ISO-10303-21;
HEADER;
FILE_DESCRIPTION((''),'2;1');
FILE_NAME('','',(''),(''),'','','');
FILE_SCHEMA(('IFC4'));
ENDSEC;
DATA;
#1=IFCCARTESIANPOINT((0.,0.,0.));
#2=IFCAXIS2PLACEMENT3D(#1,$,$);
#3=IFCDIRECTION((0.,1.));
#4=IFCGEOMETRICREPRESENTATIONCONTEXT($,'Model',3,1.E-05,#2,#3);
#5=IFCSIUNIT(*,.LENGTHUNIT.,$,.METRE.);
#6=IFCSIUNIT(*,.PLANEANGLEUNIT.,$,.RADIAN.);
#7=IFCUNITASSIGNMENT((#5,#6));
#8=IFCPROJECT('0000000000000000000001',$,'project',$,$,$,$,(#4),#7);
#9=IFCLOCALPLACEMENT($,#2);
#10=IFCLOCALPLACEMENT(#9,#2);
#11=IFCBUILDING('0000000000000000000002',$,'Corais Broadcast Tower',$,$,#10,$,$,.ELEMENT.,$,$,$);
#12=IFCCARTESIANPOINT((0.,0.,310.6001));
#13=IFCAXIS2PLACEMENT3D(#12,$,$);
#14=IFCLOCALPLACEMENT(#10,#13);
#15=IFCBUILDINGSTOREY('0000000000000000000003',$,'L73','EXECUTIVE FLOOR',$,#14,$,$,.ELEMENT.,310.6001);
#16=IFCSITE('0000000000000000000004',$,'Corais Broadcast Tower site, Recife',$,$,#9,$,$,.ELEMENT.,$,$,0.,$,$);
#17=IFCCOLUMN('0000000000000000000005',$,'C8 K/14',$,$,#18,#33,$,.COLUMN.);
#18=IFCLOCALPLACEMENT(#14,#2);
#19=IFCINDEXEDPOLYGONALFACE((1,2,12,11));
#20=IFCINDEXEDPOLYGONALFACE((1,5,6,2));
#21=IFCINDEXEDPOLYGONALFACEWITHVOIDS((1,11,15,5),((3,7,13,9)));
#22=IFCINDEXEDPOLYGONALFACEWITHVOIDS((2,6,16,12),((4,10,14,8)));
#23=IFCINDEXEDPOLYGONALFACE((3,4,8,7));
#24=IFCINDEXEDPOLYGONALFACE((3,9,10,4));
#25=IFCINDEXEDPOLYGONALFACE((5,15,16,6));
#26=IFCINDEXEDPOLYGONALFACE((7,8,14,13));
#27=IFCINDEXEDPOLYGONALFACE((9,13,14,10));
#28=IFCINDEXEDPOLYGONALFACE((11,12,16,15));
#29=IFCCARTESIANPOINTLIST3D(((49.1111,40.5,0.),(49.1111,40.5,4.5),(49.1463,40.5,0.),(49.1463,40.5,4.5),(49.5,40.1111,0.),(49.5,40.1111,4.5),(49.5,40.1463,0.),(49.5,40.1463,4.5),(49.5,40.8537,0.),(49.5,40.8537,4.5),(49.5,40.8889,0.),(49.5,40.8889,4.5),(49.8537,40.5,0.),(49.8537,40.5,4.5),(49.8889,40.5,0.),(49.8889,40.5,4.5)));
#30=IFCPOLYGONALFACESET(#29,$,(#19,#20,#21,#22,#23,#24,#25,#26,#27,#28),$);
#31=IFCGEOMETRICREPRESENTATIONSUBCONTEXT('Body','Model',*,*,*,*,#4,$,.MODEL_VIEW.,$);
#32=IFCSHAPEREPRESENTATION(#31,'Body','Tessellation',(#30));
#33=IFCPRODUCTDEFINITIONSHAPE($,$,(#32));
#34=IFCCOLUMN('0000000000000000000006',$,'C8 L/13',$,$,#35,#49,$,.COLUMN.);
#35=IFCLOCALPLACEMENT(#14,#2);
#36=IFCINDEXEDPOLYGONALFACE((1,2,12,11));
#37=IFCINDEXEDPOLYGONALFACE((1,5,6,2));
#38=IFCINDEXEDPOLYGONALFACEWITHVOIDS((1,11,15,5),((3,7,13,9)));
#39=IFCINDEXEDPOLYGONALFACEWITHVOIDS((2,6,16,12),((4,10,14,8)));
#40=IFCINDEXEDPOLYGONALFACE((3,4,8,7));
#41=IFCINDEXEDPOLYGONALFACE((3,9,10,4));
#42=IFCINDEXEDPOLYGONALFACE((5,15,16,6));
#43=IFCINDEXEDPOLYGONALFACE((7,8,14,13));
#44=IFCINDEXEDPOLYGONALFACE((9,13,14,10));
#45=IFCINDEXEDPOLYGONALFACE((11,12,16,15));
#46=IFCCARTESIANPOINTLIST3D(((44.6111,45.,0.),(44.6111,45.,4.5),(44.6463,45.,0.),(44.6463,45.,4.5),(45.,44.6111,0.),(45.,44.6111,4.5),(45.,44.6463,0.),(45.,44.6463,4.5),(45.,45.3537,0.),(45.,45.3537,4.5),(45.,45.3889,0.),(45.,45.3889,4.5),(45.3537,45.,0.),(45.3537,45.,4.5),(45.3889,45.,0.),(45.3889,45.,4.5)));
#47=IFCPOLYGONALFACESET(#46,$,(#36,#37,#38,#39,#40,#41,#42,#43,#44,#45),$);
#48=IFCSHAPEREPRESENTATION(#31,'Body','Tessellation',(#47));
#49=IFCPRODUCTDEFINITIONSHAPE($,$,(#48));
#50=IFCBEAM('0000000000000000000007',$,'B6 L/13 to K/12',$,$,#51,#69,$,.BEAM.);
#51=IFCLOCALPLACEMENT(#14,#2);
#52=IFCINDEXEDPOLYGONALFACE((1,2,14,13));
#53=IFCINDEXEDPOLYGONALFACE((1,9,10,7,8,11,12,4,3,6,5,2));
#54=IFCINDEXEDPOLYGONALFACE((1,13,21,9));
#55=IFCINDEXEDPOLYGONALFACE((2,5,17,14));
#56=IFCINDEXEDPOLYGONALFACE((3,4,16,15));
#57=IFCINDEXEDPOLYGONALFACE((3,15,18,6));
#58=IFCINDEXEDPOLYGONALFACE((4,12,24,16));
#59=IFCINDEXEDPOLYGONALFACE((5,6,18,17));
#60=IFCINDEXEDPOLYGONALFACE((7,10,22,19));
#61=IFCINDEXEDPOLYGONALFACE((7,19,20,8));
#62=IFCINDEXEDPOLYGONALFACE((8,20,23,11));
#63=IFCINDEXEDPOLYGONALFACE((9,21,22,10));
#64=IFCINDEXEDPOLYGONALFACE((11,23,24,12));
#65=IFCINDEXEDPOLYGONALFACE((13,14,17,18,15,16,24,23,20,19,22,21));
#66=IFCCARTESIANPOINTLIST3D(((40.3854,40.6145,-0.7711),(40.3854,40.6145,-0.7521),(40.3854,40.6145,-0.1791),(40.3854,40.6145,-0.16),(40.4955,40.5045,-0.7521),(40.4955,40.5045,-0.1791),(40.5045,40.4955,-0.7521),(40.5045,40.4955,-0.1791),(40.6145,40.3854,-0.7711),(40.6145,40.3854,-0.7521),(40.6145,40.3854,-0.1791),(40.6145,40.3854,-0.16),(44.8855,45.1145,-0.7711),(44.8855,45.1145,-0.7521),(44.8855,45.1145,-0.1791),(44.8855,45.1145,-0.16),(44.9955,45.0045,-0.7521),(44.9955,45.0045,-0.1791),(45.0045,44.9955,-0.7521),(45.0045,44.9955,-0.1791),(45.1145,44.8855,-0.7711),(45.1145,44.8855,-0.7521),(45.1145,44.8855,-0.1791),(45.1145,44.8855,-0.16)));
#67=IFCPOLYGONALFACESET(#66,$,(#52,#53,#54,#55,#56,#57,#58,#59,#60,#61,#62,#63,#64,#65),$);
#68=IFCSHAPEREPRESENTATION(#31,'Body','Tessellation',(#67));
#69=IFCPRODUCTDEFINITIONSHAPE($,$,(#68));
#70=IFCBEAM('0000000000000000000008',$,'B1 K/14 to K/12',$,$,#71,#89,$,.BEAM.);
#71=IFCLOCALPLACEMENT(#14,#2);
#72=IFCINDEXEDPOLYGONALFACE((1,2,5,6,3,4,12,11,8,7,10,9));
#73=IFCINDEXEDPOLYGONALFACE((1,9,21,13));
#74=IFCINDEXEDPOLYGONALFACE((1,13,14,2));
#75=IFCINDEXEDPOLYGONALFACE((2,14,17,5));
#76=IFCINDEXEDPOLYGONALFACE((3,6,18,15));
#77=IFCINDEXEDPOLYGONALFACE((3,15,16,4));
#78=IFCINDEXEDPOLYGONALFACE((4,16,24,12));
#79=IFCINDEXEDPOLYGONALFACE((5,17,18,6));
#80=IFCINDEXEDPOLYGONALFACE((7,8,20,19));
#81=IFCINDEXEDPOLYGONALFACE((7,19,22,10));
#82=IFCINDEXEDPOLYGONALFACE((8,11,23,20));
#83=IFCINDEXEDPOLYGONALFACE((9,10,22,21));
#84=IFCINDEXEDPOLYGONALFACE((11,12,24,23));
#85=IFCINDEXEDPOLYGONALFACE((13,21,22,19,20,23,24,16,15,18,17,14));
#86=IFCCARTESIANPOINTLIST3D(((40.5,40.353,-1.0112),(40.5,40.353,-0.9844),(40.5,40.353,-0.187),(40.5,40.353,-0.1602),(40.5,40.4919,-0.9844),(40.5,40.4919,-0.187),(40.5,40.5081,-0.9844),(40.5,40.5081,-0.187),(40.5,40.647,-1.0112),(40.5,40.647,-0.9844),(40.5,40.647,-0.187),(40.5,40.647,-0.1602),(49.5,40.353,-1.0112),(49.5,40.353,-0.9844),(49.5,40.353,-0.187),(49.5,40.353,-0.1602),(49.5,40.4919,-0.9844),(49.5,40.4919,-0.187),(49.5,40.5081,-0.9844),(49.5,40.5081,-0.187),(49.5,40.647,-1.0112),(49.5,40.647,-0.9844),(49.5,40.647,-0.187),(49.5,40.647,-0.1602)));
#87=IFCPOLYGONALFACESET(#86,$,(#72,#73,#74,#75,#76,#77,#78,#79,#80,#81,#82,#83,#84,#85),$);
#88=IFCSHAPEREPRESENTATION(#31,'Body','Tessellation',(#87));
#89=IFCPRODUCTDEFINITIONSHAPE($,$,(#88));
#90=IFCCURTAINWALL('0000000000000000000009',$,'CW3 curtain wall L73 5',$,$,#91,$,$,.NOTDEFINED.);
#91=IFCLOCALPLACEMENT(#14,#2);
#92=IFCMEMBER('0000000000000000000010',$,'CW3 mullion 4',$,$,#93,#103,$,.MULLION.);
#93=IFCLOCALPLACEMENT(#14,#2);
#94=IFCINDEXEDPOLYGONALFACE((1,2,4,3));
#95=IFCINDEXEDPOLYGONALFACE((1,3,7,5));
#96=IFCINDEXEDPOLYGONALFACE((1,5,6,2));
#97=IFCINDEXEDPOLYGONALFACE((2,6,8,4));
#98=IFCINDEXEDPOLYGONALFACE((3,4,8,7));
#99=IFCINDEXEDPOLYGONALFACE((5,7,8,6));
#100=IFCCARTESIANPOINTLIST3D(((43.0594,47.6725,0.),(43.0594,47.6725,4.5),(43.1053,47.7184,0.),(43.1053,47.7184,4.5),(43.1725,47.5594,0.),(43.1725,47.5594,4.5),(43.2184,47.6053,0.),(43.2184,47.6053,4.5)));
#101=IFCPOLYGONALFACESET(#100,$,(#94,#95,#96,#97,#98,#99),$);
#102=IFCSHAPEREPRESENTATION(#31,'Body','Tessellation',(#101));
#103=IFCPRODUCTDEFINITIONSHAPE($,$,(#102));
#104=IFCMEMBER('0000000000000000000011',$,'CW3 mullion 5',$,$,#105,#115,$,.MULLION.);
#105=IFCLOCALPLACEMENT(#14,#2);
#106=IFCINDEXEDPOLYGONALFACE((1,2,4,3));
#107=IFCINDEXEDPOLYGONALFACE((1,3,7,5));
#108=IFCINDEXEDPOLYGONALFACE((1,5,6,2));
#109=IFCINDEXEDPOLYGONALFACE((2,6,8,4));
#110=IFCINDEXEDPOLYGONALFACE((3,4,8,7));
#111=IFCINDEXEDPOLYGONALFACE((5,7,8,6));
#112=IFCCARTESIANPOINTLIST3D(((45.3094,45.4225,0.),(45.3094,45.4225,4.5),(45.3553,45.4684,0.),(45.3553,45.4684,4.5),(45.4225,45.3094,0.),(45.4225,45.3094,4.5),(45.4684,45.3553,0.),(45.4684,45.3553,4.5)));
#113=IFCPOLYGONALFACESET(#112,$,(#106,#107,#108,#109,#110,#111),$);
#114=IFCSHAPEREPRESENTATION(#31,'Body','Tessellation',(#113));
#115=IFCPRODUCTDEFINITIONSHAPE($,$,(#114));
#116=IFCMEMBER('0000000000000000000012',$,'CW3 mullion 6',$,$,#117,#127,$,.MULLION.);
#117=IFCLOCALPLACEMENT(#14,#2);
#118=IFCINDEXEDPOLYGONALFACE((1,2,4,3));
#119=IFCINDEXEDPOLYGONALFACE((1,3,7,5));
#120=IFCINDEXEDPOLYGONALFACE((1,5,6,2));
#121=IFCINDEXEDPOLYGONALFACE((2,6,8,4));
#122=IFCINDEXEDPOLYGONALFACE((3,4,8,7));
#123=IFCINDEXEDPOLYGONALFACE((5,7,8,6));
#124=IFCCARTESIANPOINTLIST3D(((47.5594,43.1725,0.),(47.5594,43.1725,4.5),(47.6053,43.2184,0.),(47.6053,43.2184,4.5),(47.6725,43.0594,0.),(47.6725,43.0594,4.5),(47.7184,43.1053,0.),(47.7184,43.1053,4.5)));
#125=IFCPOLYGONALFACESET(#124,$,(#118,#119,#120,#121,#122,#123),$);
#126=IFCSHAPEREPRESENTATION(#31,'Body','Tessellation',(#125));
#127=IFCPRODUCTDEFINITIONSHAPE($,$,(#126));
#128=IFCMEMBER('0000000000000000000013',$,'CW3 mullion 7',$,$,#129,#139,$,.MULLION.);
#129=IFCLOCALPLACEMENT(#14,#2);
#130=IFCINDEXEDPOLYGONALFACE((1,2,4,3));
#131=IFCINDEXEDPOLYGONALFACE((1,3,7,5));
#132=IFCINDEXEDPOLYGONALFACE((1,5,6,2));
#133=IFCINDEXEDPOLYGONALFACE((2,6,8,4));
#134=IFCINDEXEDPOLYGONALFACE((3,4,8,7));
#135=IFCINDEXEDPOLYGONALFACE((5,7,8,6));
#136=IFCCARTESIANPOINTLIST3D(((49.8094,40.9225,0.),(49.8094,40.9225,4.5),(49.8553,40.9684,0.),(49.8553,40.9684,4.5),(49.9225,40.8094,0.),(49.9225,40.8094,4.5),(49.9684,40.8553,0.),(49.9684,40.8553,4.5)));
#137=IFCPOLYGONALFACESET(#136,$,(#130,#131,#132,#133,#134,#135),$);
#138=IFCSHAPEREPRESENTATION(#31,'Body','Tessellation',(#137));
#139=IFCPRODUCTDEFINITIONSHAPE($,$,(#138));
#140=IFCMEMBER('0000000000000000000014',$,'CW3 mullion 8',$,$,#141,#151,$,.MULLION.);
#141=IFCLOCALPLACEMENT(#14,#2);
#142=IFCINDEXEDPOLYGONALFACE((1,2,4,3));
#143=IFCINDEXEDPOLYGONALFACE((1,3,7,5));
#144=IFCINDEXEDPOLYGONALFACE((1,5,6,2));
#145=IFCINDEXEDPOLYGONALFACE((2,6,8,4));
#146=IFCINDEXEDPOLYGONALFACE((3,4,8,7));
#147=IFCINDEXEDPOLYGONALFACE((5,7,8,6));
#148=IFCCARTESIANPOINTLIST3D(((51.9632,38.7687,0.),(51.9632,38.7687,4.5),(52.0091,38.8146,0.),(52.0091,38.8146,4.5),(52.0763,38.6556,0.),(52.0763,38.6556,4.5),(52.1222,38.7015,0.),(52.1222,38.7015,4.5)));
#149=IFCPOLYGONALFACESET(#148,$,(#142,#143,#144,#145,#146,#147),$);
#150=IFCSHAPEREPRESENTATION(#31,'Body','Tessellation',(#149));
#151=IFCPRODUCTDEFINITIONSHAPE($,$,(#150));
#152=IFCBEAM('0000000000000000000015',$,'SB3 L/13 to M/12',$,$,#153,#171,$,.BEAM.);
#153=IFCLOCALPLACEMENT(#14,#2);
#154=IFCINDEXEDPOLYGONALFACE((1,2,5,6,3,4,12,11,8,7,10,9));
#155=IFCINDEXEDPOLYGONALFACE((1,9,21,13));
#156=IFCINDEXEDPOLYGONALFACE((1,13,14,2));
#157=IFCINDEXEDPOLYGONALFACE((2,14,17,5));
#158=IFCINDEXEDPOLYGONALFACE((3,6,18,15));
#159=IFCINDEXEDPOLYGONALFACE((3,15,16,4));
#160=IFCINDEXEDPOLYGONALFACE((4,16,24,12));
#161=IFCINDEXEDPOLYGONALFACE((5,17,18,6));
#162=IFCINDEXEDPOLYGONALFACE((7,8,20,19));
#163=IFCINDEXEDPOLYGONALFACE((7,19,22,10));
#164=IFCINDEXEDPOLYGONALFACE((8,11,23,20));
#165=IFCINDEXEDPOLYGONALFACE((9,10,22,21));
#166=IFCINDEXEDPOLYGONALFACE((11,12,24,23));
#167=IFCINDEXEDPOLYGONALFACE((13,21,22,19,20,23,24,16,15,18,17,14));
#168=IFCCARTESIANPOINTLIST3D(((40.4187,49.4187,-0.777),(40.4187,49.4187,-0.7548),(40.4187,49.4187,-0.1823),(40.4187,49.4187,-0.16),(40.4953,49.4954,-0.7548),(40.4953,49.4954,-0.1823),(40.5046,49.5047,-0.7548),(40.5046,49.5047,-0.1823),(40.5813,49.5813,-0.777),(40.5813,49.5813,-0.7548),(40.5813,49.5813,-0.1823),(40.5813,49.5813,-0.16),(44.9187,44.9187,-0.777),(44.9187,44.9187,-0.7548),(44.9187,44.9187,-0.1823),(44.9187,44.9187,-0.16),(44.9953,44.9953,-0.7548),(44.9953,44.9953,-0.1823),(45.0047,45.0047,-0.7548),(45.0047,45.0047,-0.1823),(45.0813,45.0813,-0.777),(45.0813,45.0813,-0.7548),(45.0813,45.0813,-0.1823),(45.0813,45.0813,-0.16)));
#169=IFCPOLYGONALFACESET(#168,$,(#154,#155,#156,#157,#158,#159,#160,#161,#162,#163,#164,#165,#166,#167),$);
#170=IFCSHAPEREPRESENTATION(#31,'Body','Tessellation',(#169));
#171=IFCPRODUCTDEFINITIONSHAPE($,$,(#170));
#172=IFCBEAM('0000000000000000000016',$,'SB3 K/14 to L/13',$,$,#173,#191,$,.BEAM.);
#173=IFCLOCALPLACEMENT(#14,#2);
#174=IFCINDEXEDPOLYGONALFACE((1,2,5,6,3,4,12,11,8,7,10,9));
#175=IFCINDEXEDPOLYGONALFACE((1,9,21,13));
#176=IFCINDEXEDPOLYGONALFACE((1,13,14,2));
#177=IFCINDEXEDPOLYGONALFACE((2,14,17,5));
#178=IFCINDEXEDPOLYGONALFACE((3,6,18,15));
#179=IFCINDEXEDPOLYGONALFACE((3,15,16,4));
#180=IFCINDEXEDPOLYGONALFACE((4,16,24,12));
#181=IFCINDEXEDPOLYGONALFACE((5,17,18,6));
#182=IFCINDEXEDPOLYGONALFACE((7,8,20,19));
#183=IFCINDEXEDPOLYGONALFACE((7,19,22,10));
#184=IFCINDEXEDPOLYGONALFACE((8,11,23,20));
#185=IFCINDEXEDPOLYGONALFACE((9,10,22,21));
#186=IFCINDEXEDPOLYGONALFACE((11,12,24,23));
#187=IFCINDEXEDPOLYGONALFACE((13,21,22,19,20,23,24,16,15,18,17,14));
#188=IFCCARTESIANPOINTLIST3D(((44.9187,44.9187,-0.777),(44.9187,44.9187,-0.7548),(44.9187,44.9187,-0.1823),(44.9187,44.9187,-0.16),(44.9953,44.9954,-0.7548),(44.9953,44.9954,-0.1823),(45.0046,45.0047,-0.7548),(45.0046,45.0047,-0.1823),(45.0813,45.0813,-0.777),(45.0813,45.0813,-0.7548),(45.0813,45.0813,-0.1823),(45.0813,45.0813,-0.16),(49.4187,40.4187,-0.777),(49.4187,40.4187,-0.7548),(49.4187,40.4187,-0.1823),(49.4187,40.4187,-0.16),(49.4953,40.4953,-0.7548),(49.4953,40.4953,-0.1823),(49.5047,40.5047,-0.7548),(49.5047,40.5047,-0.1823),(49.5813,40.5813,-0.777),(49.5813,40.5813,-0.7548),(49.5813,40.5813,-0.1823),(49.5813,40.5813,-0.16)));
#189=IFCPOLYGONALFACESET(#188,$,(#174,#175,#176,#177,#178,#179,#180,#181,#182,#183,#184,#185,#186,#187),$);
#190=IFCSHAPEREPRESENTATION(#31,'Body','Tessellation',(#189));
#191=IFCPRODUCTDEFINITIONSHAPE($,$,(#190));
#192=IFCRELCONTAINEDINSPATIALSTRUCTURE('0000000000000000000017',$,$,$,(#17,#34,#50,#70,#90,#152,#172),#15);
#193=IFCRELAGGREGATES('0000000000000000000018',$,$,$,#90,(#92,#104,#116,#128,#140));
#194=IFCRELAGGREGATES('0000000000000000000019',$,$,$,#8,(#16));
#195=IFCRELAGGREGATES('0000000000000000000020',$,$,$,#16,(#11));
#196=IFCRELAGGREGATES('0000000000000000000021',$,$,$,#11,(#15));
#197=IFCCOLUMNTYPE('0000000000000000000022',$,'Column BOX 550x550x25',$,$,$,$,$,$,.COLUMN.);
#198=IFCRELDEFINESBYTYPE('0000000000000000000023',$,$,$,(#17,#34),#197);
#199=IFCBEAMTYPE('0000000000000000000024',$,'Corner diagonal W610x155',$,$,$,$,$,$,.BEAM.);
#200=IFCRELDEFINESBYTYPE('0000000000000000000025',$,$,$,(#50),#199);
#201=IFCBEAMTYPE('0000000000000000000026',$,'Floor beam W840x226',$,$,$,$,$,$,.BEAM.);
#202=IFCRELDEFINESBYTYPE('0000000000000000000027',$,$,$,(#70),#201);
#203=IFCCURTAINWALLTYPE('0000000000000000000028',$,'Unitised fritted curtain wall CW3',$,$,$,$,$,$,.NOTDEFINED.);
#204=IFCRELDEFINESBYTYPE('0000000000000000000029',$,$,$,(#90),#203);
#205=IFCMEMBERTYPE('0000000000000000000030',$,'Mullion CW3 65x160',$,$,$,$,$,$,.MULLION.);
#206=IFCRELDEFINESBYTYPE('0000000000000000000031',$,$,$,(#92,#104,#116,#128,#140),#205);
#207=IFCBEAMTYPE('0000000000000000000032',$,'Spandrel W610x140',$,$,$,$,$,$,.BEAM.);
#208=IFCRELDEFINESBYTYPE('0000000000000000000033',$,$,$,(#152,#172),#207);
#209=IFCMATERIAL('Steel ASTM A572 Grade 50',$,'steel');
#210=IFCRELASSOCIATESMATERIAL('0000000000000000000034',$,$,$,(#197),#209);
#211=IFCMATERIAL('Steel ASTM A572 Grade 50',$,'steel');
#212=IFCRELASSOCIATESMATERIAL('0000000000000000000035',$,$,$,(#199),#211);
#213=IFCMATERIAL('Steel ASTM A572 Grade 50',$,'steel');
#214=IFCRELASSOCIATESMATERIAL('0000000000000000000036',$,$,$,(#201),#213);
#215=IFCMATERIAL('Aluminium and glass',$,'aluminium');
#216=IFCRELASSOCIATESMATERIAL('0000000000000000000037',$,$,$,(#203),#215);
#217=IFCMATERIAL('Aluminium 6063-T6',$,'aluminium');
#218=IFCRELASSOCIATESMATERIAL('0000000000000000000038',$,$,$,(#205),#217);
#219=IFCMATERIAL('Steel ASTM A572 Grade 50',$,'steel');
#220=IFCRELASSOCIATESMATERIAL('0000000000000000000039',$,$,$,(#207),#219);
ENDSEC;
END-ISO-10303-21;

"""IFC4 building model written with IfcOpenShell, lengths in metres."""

from ifc_helpers import new_model, si_unit, direction, frame, origin, origin_2d, place, context, subcontext, project, spatial, rectangle, hollow_rectangle, i_section, extrude, material, material_profile, profile_set, type_object, element, aggregate, save


model = new_model("IFC4")

# Units and contexts
model_context = context("Model", 3, precision=1e-05, world=origin(), true_north=direction((0.0, 1.0)))
body_context = subcontext(model_context, "Body", "Model", "MODEL_VIEW")
ifc_project = project(units=[si_unit("LENGTHUNIT", "METRE"), si_unit("PLANEANGLEUNIT", "RADIAN")], contexts=[model_context])

# Site, building, storey
site_placement = place(None, origin())
site = spatial("IfcSite", under=ifc_project, at=site_placement, Name="Corais Broadcast Tower site, Recife", CompositionType="ELEMENT", RefElevation=0.0)
building_placement = place(site_placement, origin())
building = spatial("IfcBuilding", under=site, at=building_placement, Name="Corais Broadcast Tower", CompositionType="ELEMENT")
storey_placement = place(building_placement, frame((0.0, 0.0, 310.6001)))
storey = spatial("IfcBuildingStorey", under=building, at=storey_placement, Name="L73", Description="EXECUTIVE FLOOR", CompositionType="ELEMENT", Elevation=310.6001)

# Columns
ifc_material_1 = material(Name="Steel ASTM A572 Grade 50", Category="steel")
ifc_material_profile_1 = material_profile(ifc_material_1, hollow_rectangle(XDim=0.55, YDim=0.55, WallThickness=0.0249, at=origin_2d()), Name="BOX 550x550x25")
ifc_profile_set_1 = profile_set([ifc_material_profile_1], Name="Steel ASTM A572 Grade 50")
column_type = type_object("IfcColumnType", Name="Column BOX 550x550x25", PredefinedType="COLUMN", material=ifc_profile_set_1)
for number, where, z_axis, x_axis, name in (
    (1, (49.5, 40.5, 0.0), (0.0, 0.0, 1.0), (0.707107, 0.707107, 0.0), "C8 K/14"),
    (2, (45.0, 45.0, 0.0), (0.0, 0.0, 1.0), (0.707107, 0.707107, 0.0), "C8 L/13"),
):
    element("IfcColumn", number, at=place(storey_placement, frame(where, z_axis=z_axis, x_axis=x_axis)), inside=storey, type_object=column_type, Name=name, PredefinedType="COLUMN", context=body_context, shape_type="SweptSolid", body=[
        extrude(hollow_rectangle(XDim=0.55, YDim=0.55, WallThickness=0.0249, at=origin_2d()), origin(), (0.0, 0.0, 1.0), 4.5),
    ])

# Beams
ifc_material_2 = material(Name="Steel ASTM A572 Grade 50", Category="steel")
ifc_material_profile_2 = material_profile(ifc_material_2, i_section(OverallWidth=0.324, OverallDepth=0.6111, WebThickness=0.0127, FlangeThickness=0.019, at=origin_2d()), Name="W610x155")
ifc_profile_set_2 = profile_set([ifc_material_profile_2], Name="Steel ASTM A572 Grade 50")
beam_type_1 = type_object("IfcBeamType", Name="Corner diagonal W610x155", PredefinedType="BEAM", material=ifc_profile_set_2)
beam_1_placement = place(storey_placement, frame((45.0, 45.0, -0.4656), z_axis=(-0.707107, -0.707107, 0.0), x_axis=(0.707107, -0.707107, 0.0)))
element("IfcBeam", 3, at=beam_1_placement, inside=storey, type_object=beam_type_1, Name="B6 L/13 to K/12", PredefinedType="BEAM", context=body_context, shape_type="SweptSolid", body=[
    extrude(i_section(OverallWidth=0.324, OverallDepth=0.6111, WebThickness=0.0127, FlangeThickness=0.019, at=origin_2d()), origin(), (0.0, 0.0, 1.0), 6.364),
])
ifc_material_3 = material(Name="Steel ASTM A572 Grade 50", Category="steel")
ifc_material_profile_3 = material_profile(ifc_material_3, i_section(OverallWidth=0.2939, OverallDepth=0.8511, WebThickness=0.0161, FlangeThickness=0.0269, at=origin_2d()), Name="W840x226")
ifc_profile_set_3 = profile_set([ifc_material_profile_3], Name="Steel ASTM A572 Grade 50")
beam_type_2 = type_object("IfcBeamType", Name="Floor beam W840x226", PredefinedType="BEAM", material=ifc_profile_set_3)
beam_2_placement = place(storey_placement, frame((49.5, 40.5, -0.5857), z_axis=(-1.0, 0.0, 0.0), x_axis=(0.0, -1.0, 0.0)))
element("IfcBeam", 4, at=beam_2_placement, inside=storey, type_object=beam_type_2, Name="B1 K/14 to K/12", PredefinedType="BEAM", context=body_context, shape_type="SweptSolid", body=[
    extrude(i_section(OverallWidth=0.2939, OverallDepth=0.8511, WebThickness=0.0161, FlangeThickness=0.0269, at=origin_2d()), origin(), (0.0, 0.0, 1.0), 9.0),
])

# Curtain wall, members
ifc_material_4 = material(Name="Aluminium and glass", Category="aluminium")
curtain_wall_type = type_object("IfcCurtainWallType", Name="Unitised fritted curtain wall CW3", PredefinedType="NOTDEFINED", material=ifc_material_4)
curtain_wall_placement = place(storey_placement, origin())
curtain_wall = element("IfcCurtainWall", 5, at=curtain_wall_placement, inside=storey, type_object=curtain_wall_type, Name="CW3 curtain wall L73 5", PredefinedType="NOTDEFINED")
ifc_material_5 = material(Name="Aluminium 6063-T6", Category="aluminium")
ifc_material_profile_4 = material_profile(ifc_material_5, rectangle(XDim=0.0649, YDim=0.1599, at=origin_2d()), Name="Mullion CW3 65x160")
ifc_profile_set_4 = profile_set([ifc_material_profile_4], Name="Aluminium 6063-T6")
member_type_1 = type_object("IfcMemberType", Name="Mullion CW3 65x160", PredefinedType="MULLION", material=ifc_profile_set_4)
member_1_placement = place(storey_placement, frame((43.1389, 47.6389, 0.0), z_axis=(0.0, 0.0, 1.0), x_axis=(0.707107, 0.707107, 0.0)))
member_1 = element("IfcMember", 6, at=member_1_placement, type_object=member_type_1, Name="CW3 mullion 4", PredefinedType="MULLION", context=body_context, shape_type="SweptSolid", body=[
    extrude(rectangle(XDim=0.0649, YDim=0.1599, at=origin_2d()), origin(), (0.0, 0.0, 1.0), 4.5),
])
member_2_placement = place(storey_placement, frame((45.3889, 45.3889, 0.0), z_axis=(0.0, 0.0, 1.0), x_axis=(0.707107, 0.707107, 0.0)))
member_2 = element("IfcMember", 7, at=member_2_placement, type_object=member_type_1, Name="CW3 mullion 5", PredefinedType="MULLION", context=body_context, shape_type="SweptSolid", body=[
    extrude(rectangle(XDim=0.0649, YDim=0.1599, at=origin_2d()), origin(), (0.0, 0.0, 1.0), 4.5),
])
member_3_placement = place(storey_placement, frame((47.6389, 43.1389, 0.0), z_axis=(0.0, 0.0, 1.0), x_axis=(0.707107, 0.707107, 0.0)))
member_3 = element("IfcMember", 8, at=member_3_placement, type_object=member_type_1, Name="CW3 mullion 6", PredefinedType="MULLION", context=body_context, shape_type="SweptSolid", body=[
    extrude(rectangle(XDim=0.0649, YDim=0.1599, at=origin_2d()), origin(), (0.0, 0.0, 1.0), 4.5),
])
member_4_placement = place(storey_placement, frame((49.8889, 40.8889, 0.0), z_axis=(0.0, 0.0, 1.0), x_axis=(0.707107, 0.707107, 0.0)))
member_4 = element("IfcMember", 9, at=member_4_placement, type_object=member_type_1, Name="CW3 mullion 7", PredefinedType="MULLION", context=body_context, shape_type="SweptSolid", body=[
    extrude(rectangle(XDim=0.0649, YDim=0.1599, at=origin_2d()), origin(), (0.0, 0.0, 1.0), 4.5),
])
member_5_placement = place(storey_placement, frame((52.0427, 38.7351, 0.0), z_axis=(0.0, 0.0, 1.0), x_axis=(0.707107, 0.707107, 0.0)))
member_5 = element("IfcMember", 10, at=member_5_placement, type_object=member_type_1, Name="CW3 mullion 8", PredefinedType="MULLION", context=body_context, shape_type="SweptSolid", body=[
    extrude(rectangle(XDim=0.0649, YDim=0.1599, at=origin_2d()), origin(), (0.0, 0.0, 1.0), 4.5),
])

# Beams
ifc_material_6 = material(Name="Steel ASTM A572 Grade 50", Category="steel")
ifc_material_profile_5 = material_profile(ifc_material_6, i_section(OverallWidth=0.23, OverallDepth=0.6169, WebThickness=0.0132, FlangeThickness=0.0222, at=origin_2d()), Name="W610x140")
ifc_profile_set_5 = profile_set([ifc_material_profile_5], Name="Steel ASTM A572 Grade 50")
beam_type_3 = type_object("IfcBeamType", Name="Spandrel W610x140", PredefinedType="BEAM", material=ifc_profile_set_5)
for number, where, z_axis, x_axis, name in (
    (11, (45.0, 45.0, -0.4685), (-0.707107, 0.707107, 0.0), (-0.707107, -0.707107, 0.0), "SB3 L/13 to M/12"),
    (12, (49.5, 40.5, -0.4685), (-0.707107, 0.707107, 0.0), (-0.707107, -0.707107, 0.0), "SB3 K/14 to L/13"),
):
    element("IfcBeam", number, at=place(storey_placement, frame(where, z_axis=z_axis, x_axis=x_axis)), inside=storey, type_object=beam_type_3, Name=name, PredefinedType="BEAM", context=body_context, shape_type="SweptSolid", body=[
        extrude(i_section(OverallWidth=0.23, OverallDepth=0.6169, WebThickness=0.0132, FlangeThickness=0.0222, at=origin_2d()), origin(), (0.0, 0.0, 1.0), 6.364),
    ])

aggregate(curtain_wall, [member_1, member_2, member_3, member_4, member_5])

save(model, "model.ifc")
